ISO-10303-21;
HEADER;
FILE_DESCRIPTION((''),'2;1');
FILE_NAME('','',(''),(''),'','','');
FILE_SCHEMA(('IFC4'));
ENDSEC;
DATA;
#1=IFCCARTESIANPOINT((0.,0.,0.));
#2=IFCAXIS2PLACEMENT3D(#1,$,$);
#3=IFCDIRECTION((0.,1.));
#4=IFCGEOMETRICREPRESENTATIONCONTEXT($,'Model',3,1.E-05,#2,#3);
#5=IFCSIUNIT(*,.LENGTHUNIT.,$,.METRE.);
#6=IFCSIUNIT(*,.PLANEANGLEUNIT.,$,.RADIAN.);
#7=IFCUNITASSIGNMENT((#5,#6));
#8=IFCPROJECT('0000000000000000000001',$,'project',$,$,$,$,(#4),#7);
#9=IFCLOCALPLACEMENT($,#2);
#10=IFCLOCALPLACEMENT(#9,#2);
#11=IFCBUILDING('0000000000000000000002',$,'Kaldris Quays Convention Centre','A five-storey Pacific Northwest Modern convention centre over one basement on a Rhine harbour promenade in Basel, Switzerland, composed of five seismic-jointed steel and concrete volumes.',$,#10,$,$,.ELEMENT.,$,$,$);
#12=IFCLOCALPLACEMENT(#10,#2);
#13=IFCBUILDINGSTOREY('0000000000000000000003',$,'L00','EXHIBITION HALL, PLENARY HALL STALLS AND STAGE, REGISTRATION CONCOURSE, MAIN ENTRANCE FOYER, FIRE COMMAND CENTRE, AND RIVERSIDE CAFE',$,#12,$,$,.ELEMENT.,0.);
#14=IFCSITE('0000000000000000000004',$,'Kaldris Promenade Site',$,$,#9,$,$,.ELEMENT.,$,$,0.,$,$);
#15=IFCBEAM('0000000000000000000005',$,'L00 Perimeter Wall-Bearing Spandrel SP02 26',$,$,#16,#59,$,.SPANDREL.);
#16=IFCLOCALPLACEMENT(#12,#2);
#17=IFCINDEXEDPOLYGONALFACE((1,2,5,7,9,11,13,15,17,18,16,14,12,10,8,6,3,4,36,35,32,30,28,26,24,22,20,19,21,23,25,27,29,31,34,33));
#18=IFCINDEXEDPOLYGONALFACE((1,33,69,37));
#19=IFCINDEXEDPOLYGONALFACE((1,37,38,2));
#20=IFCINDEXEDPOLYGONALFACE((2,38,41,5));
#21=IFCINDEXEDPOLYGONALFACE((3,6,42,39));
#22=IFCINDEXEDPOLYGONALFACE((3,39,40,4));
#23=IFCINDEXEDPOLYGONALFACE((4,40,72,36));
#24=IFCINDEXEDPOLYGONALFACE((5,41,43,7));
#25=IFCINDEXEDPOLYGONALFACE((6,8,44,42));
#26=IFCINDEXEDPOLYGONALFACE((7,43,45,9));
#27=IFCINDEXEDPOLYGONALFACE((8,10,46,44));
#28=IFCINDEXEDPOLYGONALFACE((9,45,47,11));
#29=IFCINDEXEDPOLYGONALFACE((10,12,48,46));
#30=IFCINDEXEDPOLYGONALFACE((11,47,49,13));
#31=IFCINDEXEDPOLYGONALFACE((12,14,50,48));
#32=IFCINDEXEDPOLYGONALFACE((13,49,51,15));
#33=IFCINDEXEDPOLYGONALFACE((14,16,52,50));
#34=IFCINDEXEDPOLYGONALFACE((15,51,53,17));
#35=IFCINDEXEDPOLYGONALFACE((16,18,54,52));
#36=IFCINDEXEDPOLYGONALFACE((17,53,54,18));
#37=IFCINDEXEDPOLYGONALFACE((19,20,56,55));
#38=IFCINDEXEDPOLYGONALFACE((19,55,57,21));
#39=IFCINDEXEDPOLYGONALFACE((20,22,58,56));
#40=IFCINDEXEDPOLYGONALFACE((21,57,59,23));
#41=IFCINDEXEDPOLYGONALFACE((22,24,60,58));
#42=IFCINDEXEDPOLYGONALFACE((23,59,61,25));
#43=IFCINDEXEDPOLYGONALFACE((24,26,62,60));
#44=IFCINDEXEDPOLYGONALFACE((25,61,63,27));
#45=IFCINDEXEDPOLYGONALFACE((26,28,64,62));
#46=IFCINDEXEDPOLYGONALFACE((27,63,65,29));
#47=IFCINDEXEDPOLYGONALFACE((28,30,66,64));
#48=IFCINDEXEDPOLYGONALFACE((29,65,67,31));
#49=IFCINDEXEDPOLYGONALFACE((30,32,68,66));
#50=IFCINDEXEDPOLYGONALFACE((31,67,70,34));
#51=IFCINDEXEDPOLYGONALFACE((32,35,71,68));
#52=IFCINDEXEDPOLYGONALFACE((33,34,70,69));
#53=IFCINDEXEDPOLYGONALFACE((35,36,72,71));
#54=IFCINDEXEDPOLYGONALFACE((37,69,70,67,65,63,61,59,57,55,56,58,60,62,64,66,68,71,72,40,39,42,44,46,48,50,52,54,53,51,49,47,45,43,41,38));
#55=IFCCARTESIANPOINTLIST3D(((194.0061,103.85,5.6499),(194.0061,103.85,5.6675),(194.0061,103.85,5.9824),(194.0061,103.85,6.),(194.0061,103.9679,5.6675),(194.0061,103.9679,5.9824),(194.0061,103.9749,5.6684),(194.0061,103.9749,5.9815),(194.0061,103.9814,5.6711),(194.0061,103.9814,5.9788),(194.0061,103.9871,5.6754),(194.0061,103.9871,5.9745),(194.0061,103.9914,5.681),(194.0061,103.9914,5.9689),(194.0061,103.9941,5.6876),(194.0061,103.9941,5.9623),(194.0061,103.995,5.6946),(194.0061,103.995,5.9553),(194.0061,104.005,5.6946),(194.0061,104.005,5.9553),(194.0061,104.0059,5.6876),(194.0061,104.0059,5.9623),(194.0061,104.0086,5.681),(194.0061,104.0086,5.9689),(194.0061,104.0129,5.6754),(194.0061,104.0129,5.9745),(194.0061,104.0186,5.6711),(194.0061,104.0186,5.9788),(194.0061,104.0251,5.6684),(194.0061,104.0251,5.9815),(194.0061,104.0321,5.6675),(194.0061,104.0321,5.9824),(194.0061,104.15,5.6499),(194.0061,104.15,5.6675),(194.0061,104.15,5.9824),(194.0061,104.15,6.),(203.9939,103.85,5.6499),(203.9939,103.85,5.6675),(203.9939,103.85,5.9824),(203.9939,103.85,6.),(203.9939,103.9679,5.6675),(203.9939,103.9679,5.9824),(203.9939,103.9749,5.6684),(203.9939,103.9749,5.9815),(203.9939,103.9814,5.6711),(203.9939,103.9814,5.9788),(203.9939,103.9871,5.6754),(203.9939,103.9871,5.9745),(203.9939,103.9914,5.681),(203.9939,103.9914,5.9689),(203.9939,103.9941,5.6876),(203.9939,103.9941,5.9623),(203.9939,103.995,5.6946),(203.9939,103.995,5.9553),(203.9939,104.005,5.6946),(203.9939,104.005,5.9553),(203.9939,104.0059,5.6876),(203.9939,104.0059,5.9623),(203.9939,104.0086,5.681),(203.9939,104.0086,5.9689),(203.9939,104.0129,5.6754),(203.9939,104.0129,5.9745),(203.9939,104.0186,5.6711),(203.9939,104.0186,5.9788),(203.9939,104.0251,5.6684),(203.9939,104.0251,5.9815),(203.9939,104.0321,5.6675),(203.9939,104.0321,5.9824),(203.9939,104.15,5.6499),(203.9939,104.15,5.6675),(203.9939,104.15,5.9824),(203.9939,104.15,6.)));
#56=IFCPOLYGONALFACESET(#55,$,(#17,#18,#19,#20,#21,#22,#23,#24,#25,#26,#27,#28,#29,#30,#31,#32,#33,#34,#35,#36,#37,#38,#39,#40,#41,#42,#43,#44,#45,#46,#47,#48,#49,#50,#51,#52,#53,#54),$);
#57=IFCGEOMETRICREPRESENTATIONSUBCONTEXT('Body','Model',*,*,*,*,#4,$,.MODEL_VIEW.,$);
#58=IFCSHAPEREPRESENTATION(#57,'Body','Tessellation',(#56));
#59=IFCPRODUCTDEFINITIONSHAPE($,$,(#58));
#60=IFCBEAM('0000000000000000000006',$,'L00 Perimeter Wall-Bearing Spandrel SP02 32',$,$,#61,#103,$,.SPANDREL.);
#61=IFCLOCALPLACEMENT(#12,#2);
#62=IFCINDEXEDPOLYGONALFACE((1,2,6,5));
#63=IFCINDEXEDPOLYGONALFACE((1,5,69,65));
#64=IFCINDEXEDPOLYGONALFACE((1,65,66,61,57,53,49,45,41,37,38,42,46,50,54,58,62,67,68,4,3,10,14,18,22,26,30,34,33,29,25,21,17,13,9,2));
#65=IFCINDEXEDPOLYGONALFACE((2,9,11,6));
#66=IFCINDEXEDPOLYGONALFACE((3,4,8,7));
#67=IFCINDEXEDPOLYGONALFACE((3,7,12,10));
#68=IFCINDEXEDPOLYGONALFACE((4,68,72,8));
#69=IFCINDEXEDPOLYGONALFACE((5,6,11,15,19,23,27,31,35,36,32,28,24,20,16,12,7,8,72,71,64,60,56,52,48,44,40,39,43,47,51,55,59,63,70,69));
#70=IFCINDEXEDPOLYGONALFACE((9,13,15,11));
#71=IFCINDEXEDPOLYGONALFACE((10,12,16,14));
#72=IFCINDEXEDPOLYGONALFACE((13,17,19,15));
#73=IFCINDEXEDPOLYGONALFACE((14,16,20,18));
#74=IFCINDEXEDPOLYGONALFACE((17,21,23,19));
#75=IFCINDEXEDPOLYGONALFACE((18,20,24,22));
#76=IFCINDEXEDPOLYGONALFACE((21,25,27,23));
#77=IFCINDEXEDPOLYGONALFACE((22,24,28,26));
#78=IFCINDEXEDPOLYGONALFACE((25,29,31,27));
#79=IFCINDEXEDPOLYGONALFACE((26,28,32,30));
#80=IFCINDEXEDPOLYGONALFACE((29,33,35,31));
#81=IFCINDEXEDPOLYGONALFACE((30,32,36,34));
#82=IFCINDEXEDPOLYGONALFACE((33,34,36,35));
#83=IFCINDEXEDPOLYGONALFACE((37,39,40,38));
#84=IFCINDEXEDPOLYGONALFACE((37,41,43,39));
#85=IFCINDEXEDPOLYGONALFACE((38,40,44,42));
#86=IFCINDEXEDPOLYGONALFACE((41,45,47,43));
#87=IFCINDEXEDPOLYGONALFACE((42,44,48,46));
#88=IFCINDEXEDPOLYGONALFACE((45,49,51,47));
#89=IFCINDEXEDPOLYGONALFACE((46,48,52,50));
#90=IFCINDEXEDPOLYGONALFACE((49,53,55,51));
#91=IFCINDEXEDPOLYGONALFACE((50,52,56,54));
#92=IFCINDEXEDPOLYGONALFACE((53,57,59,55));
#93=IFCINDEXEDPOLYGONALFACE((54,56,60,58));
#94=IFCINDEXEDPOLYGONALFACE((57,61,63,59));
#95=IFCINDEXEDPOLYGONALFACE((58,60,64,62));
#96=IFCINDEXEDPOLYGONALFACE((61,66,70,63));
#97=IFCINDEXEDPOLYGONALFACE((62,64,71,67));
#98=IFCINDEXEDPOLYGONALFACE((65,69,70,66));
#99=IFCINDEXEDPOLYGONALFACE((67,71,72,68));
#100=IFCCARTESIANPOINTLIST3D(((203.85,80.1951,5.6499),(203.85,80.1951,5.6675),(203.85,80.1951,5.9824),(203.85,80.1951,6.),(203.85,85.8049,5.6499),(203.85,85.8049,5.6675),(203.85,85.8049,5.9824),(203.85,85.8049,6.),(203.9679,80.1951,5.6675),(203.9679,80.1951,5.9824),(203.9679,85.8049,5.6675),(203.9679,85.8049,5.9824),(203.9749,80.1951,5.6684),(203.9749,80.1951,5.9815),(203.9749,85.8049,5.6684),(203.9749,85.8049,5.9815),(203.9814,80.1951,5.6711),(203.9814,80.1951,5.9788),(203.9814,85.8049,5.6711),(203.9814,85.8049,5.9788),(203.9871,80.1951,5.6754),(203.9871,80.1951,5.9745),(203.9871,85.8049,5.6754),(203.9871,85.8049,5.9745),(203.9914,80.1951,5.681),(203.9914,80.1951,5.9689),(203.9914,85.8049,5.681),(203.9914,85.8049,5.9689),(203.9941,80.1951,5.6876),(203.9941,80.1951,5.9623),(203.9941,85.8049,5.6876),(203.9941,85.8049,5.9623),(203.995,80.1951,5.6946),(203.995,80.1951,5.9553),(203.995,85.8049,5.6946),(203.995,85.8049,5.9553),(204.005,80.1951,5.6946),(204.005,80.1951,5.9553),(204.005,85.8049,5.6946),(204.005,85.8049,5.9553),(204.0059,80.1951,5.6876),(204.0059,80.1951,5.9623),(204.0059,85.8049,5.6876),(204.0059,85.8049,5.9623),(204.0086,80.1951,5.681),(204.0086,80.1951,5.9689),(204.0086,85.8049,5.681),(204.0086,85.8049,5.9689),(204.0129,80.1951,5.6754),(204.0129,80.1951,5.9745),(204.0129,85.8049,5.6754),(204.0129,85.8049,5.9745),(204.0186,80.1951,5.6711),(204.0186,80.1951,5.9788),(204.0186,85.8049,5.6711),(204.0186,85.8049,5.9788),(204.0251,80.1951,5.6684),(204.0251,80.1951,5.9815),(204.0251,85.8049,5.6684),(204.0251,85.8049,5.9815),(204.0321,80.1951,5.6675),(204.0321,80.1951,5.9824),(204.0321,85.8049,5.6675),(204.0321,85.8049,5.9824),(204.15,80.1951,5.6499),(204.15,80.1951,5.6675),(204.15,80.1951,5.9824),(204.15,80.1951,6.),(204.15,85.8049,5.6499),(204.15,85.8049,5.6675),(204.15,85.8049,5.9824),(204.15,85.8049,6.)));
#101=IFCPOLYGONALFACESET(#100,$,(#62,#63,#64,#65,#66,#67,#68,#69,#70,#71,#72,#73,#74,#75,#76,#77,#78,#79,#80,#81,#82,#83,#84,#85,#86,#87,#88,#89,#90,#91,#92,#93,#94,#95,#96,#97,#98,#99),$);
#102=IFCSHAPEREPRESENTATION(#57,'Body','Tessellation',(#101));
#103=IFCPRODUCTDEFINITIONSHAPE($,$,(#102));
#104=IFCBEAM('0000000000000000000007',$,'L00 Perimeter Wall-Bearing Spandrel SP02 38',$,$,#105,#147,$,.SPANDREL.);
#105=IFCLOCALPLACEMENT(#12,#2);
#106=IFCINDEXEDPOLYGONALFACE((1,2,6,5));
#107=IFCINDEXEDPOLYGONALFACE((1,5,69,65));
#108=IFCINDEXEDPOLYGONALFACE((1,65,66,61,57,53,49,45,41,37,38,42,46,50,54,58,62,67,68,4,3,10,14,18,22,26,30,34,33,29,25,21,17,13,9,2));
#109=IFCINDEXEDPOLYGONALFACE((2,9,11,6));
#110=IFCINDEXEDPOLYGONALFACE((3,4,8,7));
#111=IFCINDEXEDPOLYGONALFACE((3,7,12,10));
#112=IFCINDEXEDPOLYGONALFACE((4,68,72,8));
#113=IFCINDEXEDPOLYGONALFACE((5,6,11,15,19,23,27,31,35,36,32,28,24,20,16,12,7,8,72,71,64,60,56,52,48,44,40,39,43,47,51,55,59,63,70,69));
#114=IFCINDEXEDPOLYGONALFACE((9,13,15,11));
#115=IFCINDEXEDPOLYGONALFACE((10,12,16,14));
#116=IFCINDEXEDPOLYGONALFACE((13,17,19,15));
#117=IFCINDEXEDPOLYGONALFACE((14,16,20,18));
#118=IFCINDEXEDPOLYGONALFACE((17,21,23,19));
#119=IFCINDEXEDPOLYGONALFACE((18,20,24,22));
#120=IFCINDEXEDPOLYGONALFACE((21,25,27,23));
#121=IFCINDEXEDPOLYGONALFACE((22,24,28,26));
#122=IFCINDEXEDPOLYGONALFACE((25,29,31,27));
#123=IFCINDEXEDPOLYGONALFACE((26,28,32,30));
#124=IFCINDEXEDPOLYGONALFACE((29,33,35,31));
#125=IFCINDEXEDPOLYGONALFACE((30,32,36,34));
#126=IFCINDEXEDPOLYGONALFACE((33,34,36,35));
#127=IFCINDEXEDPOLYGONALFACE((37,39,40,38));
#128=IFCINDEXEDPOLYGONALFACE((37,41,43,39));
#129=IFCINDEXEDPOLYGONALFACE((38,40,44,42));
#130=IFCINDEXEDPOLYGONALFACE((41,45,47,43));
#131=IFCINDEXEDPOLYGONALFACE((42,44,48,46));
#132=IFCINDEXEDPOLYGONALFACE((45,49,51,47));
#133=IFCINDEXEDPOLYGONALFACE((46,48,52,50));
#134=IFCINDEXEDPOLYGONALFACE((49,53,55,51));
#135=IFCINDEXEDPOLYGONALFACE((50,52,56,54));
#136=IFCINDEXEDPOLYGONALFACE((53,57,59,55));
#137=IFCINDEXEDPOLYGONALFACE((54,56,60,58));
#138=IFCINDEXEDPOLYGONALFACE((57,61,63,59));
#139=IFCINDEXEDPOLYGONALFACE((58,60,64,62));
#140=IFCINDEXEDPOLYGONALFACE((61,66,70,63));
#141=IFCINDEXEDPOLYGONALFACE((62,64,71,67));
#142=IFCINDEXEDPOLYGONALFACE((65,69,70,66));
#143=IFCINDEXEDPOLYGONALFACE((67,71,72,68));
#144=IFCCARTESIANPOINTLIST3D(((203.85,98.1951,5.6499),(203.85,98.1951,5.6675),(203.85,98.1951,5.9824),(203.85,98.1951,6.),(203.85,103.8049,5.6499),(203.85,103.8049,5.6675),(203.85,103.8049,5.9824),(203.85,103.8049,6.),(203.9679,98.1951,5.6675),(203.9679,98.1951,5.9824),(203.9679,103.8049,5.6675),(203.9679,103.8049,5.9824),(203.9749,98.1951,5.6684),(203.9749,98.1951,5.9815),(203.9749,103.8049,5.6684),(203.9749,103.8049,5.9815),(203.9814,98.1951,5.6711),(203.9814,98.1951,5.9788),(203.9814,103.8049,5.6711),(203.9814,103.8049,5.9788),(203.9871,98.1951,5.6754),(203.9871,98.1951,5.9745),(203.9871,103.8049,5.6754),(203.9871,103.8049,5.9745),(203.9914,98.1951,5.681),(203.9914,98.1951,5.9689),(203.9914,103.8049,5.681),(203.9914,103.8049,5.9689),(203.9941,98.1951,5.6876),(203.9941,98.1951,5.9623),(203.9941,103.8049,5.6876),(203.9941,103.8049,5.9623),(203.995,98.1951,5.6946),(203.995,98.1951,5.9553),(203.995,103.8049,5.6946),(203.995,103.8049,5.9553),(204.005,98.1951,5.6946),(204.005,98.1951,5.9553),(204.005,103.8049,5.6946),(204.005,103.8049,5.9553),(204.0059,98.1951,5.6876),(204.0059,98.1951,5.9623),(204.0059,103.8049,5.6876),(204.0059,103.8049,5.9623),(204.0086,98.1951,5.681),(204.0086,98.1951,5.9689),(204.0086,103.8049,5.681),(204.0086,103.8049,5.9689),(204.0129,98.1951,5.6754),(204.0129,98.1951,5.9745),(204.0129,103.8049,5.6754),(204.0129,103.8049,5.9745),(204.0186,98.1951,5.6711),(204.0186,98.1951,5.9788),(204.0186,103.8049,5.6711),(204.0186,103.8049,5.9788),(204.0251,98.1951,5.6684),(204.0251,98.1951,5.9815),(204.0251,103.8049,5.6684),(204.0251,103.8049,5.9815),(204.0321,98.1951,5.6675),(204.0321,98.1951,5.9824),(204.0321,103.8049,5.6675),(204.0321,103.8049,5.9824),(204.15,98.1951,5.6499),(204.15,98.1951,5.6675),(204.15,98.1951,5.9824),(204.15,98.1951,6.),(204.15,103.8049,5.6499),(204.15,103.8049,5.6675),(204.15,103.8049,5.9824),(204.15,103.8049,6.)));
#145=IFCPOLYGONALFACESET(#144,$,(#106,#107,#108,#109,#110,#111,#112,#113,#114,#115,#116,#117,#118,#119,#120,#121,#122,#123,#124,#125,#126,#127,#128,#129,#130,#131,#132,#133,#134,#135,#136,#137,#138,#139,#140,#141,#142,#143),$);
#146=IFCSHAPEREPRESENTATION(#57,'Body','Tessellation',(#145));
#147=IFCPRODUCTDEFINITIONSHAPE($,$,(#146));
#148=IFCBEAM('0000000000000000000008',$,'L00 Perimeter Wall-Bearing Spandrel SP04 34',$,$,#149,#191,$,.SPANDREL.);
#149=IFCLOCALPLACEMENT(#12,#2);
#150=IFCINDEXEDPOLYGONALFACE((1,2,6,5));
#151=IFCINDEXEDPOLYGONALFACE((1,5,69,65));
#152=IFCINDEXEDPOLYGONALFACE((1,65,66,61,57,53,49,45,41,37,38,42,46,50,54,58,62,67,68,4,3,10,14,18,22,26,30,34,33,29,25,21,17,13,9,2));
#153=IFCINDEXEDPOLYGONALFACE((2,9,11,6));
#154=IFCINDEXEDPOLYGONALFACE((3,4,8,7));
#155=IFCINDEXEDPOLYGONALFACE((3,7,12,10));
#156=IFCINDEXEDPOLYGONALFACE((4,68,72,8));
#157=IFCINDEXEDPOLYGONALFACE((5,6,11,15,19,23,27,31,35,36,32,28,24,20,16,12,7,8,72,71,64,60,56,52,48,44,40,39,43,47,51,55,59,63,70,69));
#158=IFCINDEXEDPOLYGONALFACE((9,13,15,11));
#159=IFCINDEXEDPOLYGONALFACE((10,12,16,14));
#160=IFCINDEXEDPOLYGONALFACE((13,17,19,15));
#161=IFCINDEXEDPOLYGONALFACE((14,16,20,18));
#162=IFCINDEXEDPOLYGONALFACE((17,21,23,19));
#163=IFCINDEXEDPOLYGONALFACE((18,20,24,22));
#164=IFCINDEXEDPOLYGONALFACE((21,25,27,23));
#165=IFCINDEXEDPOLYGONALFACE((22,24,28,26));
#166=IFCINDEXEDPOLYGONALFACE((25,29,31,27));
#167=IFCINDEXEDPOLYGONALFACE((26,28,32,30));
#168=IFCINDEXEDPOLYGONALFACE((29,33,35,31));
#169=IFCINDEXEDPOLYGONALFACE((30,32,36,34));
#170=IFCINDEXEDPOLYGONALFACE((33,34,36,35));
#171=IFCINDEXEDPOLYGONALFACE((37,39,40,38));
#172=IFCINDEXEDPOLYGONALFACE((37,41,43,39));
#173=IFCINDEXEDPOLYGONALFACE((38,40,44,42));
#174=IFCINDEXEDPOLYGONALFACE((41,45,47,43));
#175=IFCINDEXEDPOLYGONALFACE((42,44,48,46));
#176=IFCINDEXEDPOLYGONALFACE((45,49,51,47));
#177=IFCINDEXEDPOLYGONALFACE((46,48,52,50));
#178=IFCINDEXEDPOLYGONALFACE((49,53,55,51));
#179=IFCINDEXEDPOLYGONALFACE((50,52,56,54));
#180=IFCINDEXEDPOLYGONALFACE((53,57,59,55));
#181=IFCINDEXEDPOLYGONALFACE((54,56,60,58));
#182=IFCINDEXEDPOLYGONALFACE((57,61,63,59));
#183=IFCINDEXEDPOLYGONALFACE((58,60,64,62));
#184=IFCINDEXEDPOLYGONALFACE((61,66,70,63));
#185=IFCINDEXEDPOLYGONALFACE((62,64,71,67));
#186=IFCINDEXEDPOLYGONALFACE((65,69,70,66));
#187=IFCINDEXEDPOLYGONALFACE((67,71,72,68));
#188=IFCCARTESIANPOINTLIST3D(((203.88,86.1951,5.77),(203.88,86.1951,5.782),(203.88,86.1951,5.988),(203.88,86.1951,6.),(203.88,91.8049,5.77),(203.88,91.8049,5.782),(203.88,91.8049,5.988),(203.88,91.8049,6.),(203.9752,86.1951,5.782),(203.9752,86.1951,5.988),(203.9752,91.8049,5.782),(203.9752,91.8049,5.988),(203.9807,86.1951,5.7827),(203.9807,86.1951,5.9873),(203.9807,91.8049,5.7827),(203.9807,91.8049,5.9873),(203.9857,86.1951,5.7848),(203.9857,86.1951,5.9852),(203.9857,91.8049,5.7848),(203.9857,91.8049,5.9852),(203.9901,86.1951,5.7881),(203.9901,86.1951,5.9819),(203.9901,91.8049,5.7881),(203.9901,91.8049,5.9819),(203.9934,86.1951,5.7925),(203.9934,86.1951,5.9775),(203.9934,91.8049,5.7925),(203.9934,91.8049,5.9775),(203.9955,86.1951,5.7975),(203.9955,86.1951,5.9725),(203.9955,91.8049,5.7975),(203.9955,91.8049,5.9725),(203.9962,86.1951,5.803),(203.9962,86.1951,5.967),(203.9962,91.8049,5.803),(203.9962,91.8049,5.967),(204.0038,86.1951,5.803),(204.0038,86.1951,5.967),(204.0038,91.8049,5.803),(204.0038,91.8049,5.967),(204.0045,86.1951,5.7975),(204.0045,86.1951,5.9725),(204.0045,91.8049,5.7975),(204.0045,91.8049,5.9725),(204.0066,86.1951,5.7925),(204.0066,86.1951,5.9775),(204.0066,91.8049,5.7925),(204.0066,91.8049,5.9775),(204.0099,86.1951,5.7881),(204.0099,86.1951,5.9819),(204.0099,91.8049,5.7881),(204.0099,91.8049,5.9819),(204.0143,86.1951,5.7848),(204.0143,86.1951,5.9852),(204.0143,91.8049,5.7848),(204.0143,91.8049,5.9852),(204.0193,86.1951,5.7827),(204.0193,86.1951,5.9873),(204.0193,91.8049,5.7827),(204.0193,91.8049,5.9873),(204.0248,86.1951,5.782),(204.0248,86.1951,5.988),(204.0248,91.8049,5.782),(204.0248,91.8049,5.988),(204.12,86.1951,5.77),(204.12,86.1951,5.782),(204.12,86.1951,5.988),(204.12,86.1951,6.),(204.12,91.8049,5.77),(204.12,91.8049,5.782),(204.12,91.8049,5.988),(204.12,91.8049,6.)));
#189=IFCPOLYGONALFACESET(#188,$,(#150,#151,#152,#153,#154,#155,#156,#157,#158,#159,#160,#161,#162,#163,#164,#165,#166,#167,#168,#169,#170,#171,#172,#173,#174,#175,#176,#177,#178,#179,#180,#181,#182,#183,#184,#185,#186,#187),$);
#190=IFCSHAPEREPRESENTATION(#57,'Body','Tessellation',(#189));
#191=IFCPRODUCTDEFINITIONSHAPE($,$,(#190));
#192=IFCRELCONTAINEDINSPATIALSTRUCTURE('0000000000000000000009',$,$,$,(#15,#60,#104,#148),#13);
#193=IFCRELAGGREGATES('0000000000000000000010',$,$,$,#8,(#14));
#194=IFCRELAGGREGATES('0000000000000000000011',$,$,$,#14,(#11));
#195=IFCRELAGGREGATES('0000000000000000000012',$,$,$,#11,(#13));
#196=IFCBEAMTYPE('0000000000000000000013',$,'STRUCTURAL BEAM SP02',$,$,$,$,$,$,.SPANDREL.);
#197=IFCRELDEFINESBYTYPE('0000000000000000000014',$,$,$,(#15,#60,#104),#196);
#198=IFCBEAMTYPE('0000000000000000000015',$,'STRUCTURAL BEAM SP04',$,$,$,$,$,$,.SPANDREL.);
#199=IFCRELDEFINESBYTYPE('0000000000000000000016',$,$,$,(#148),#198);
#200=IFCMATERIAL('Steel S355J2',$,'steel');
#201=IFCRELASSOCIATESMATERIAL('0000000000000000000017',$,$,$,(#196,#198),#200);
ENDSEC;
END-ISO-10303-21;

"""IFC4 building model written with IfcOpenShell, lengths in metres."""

from ifc_helpers import new_model, si_unit, direction, frame, origin, origin_2d, place, context, subcontext, project, spatial, i_section, extrude, material, material_profile, profile_set, type_object, element, save


model = new_model("IFC4")

# Units and contexts
model_context = context("Model", 3, precision=1e-05, world=origin(), true_north=direction((0.0, 1.0)))
body_context = subcontext(model_context, "Body", "Model", "MODEL_VIEW")
ifc_project = project(units=[si_unit("LENGTHUNIT", "METRE"), si_unit("PLANEANGLEUNIT", "RADIAN")], contexts=[model_context])

# Site, building, storey
site_placement = place(None, origin())
site = spatial("IfcSite", under=ifc_project, at=site_placement, Name="Kaldris Promenade Site", CompositionType="ELEMENT", RefElevation=0.0)
building_placement = place(site_placement, origin())
building = spatial("IfcBuilding", under=site, at=building_placement, Name="Kaldris Quays Convention Centre", Description="A five-storey Pacific Northwest Modern convention centre over one basement on a Rhine harbour promenade in Basel, Switzerland, composed of five seismic-jointed steel and concrete volumes.", CompositionType="ELEMENT")
storey_placement = place(building_placement, origin())
storey = spatial("IfcBuildingStorey", under=building, at=storey_placement, Name="L00", Description="EXHIBITION HALL, PLENARY HALL STALLS AND STAGE, REGISTRATION CONCOURSE, MAIN ENTRANCE FOYER, FIRE COMMAND CENTRE, AND RIVERSIDE CAFE", CompositionType="ELEMENT", Elevation=0.0)

# Shared definitions
ifc_material_1 = material(Name="Steel S355J2", Category="steel")

# Beams
ifc_material_profile_1 = material_profile(ifc_material_1, i_section(OverallWidth=0.3, OverallDepth=0.3501, WebThickness=0.01, FlangeThickness=0.0176, FilletRadius=0.0271, at=origin_2d()), Name="HEA 360")
ifc_profile_set_1 = profile_set([ifc_material_profile_1], Name="Steel S355J2")
beam_type_1 = type_object("IfcBeamType", Name="STRUCTURAL BEAM SP02", PredefinedType="SPANDREL", material=ifc_profile_set_1)
beam_1_placement = place(storey_placement, frame((194.0061, 104.0, 5.825), z_axis=(1.0, 0.0, 0.0), x_axis=(0.0, 1.0, 0.0)))
element("IfcBeam", 1, at=beam_1_placement, inside=storey, type_object=beam_type_1, Name="L00 Perimeter Wall-Bearing Spandrel SP02 26", PredefinedType="SPANDREL", context=body_context, shape_type="SweptSolid", body=[
    extrude(i_section(OverallWidth=0.3, OverallDepth=0.3501, WebThickness=0.01, FlangeThickness=0.0176, FilletRadius=0.0271, at=origin_2d()), origin(), (0.0, 0.0, 1.0), 9.9878),
])
for number, where, z_axis, x_axis, name in (
    (2, (204.0, 80.1951, 5.825), (0.0, 1.0, 0.0), (-1.0, 0.0, 0.0), "L00 Perimeter Wall-Bearing Spandrel SP02 32"),
    (3, (204.0, 98.1951, 5.825), (0.0, 1.0, 0.0), (-1.0, 0.0, 0.0), "L00 Perimeter Wall-Bearing Spandrel SP02 38"),
):
    element("IfcBeam", number, at=place(storey_placement, frame(where, z_axis=z_axis, x_axis=x_axis)), inside=storey, type_object=beam_type_1, Name=name, PredefinedType="SPANDREL", context=body_context, shape_type="SweptSolid", body=[
        extrude(i_section(OverallWidth=0.3, OverallDepth=0.3501, WebThickness=0.01, FlangeThickness=0.0176, FilletRadius=0.0271, at=origin_2d()), origin(), (0.0, 0.0, 1.0), 5.6099),
    ])
ifc_material_profile_2 = material_profile(ifc_material_1, i_section(OverallWidth=0.24, OverallDepth=0.23, WebThickness=0.0076, FlangeThickness=0.012, FilletRadius=0.021, at=origin_2d()), Name="HEA 240")
ifc_profile_set_2 = profile_set([ifc_material_profile_2], Name="Steel S355J2")
beam_type_2 = type_object("IfcBeamType", Name="STRUCTURAL BEAM SP04", PredefinedType="SPANDREL", material=ifc_profile_set_2)
beam_2_placement = place(storey_placement, frame((204.0, 86.1951, 5.885), z_axis=(0.0, 1.0, 0.0), x_axis=(-1.0, 0.0, 0.0)))
element("IfcBeam", 4, at=beam_2_placement, inside=storey, type_object=beam_type_2, Name="L00 Perimeter Wall-Bearing Spandrel SP04 34", PredefinedType="SPANDREL", context=body_context, shape_type="SweptSolid", body=[
    extrude(i_section(OverallWidth=0.24, OverallDepth=0.23, WebThickness=0.0076, FlangeThickness=0.012, FilletRadius=0.021, at=origin_2d()), origin(), (0.0, 0.0, 1.0), 5.6099),
])

save(model, "model.ifc")
